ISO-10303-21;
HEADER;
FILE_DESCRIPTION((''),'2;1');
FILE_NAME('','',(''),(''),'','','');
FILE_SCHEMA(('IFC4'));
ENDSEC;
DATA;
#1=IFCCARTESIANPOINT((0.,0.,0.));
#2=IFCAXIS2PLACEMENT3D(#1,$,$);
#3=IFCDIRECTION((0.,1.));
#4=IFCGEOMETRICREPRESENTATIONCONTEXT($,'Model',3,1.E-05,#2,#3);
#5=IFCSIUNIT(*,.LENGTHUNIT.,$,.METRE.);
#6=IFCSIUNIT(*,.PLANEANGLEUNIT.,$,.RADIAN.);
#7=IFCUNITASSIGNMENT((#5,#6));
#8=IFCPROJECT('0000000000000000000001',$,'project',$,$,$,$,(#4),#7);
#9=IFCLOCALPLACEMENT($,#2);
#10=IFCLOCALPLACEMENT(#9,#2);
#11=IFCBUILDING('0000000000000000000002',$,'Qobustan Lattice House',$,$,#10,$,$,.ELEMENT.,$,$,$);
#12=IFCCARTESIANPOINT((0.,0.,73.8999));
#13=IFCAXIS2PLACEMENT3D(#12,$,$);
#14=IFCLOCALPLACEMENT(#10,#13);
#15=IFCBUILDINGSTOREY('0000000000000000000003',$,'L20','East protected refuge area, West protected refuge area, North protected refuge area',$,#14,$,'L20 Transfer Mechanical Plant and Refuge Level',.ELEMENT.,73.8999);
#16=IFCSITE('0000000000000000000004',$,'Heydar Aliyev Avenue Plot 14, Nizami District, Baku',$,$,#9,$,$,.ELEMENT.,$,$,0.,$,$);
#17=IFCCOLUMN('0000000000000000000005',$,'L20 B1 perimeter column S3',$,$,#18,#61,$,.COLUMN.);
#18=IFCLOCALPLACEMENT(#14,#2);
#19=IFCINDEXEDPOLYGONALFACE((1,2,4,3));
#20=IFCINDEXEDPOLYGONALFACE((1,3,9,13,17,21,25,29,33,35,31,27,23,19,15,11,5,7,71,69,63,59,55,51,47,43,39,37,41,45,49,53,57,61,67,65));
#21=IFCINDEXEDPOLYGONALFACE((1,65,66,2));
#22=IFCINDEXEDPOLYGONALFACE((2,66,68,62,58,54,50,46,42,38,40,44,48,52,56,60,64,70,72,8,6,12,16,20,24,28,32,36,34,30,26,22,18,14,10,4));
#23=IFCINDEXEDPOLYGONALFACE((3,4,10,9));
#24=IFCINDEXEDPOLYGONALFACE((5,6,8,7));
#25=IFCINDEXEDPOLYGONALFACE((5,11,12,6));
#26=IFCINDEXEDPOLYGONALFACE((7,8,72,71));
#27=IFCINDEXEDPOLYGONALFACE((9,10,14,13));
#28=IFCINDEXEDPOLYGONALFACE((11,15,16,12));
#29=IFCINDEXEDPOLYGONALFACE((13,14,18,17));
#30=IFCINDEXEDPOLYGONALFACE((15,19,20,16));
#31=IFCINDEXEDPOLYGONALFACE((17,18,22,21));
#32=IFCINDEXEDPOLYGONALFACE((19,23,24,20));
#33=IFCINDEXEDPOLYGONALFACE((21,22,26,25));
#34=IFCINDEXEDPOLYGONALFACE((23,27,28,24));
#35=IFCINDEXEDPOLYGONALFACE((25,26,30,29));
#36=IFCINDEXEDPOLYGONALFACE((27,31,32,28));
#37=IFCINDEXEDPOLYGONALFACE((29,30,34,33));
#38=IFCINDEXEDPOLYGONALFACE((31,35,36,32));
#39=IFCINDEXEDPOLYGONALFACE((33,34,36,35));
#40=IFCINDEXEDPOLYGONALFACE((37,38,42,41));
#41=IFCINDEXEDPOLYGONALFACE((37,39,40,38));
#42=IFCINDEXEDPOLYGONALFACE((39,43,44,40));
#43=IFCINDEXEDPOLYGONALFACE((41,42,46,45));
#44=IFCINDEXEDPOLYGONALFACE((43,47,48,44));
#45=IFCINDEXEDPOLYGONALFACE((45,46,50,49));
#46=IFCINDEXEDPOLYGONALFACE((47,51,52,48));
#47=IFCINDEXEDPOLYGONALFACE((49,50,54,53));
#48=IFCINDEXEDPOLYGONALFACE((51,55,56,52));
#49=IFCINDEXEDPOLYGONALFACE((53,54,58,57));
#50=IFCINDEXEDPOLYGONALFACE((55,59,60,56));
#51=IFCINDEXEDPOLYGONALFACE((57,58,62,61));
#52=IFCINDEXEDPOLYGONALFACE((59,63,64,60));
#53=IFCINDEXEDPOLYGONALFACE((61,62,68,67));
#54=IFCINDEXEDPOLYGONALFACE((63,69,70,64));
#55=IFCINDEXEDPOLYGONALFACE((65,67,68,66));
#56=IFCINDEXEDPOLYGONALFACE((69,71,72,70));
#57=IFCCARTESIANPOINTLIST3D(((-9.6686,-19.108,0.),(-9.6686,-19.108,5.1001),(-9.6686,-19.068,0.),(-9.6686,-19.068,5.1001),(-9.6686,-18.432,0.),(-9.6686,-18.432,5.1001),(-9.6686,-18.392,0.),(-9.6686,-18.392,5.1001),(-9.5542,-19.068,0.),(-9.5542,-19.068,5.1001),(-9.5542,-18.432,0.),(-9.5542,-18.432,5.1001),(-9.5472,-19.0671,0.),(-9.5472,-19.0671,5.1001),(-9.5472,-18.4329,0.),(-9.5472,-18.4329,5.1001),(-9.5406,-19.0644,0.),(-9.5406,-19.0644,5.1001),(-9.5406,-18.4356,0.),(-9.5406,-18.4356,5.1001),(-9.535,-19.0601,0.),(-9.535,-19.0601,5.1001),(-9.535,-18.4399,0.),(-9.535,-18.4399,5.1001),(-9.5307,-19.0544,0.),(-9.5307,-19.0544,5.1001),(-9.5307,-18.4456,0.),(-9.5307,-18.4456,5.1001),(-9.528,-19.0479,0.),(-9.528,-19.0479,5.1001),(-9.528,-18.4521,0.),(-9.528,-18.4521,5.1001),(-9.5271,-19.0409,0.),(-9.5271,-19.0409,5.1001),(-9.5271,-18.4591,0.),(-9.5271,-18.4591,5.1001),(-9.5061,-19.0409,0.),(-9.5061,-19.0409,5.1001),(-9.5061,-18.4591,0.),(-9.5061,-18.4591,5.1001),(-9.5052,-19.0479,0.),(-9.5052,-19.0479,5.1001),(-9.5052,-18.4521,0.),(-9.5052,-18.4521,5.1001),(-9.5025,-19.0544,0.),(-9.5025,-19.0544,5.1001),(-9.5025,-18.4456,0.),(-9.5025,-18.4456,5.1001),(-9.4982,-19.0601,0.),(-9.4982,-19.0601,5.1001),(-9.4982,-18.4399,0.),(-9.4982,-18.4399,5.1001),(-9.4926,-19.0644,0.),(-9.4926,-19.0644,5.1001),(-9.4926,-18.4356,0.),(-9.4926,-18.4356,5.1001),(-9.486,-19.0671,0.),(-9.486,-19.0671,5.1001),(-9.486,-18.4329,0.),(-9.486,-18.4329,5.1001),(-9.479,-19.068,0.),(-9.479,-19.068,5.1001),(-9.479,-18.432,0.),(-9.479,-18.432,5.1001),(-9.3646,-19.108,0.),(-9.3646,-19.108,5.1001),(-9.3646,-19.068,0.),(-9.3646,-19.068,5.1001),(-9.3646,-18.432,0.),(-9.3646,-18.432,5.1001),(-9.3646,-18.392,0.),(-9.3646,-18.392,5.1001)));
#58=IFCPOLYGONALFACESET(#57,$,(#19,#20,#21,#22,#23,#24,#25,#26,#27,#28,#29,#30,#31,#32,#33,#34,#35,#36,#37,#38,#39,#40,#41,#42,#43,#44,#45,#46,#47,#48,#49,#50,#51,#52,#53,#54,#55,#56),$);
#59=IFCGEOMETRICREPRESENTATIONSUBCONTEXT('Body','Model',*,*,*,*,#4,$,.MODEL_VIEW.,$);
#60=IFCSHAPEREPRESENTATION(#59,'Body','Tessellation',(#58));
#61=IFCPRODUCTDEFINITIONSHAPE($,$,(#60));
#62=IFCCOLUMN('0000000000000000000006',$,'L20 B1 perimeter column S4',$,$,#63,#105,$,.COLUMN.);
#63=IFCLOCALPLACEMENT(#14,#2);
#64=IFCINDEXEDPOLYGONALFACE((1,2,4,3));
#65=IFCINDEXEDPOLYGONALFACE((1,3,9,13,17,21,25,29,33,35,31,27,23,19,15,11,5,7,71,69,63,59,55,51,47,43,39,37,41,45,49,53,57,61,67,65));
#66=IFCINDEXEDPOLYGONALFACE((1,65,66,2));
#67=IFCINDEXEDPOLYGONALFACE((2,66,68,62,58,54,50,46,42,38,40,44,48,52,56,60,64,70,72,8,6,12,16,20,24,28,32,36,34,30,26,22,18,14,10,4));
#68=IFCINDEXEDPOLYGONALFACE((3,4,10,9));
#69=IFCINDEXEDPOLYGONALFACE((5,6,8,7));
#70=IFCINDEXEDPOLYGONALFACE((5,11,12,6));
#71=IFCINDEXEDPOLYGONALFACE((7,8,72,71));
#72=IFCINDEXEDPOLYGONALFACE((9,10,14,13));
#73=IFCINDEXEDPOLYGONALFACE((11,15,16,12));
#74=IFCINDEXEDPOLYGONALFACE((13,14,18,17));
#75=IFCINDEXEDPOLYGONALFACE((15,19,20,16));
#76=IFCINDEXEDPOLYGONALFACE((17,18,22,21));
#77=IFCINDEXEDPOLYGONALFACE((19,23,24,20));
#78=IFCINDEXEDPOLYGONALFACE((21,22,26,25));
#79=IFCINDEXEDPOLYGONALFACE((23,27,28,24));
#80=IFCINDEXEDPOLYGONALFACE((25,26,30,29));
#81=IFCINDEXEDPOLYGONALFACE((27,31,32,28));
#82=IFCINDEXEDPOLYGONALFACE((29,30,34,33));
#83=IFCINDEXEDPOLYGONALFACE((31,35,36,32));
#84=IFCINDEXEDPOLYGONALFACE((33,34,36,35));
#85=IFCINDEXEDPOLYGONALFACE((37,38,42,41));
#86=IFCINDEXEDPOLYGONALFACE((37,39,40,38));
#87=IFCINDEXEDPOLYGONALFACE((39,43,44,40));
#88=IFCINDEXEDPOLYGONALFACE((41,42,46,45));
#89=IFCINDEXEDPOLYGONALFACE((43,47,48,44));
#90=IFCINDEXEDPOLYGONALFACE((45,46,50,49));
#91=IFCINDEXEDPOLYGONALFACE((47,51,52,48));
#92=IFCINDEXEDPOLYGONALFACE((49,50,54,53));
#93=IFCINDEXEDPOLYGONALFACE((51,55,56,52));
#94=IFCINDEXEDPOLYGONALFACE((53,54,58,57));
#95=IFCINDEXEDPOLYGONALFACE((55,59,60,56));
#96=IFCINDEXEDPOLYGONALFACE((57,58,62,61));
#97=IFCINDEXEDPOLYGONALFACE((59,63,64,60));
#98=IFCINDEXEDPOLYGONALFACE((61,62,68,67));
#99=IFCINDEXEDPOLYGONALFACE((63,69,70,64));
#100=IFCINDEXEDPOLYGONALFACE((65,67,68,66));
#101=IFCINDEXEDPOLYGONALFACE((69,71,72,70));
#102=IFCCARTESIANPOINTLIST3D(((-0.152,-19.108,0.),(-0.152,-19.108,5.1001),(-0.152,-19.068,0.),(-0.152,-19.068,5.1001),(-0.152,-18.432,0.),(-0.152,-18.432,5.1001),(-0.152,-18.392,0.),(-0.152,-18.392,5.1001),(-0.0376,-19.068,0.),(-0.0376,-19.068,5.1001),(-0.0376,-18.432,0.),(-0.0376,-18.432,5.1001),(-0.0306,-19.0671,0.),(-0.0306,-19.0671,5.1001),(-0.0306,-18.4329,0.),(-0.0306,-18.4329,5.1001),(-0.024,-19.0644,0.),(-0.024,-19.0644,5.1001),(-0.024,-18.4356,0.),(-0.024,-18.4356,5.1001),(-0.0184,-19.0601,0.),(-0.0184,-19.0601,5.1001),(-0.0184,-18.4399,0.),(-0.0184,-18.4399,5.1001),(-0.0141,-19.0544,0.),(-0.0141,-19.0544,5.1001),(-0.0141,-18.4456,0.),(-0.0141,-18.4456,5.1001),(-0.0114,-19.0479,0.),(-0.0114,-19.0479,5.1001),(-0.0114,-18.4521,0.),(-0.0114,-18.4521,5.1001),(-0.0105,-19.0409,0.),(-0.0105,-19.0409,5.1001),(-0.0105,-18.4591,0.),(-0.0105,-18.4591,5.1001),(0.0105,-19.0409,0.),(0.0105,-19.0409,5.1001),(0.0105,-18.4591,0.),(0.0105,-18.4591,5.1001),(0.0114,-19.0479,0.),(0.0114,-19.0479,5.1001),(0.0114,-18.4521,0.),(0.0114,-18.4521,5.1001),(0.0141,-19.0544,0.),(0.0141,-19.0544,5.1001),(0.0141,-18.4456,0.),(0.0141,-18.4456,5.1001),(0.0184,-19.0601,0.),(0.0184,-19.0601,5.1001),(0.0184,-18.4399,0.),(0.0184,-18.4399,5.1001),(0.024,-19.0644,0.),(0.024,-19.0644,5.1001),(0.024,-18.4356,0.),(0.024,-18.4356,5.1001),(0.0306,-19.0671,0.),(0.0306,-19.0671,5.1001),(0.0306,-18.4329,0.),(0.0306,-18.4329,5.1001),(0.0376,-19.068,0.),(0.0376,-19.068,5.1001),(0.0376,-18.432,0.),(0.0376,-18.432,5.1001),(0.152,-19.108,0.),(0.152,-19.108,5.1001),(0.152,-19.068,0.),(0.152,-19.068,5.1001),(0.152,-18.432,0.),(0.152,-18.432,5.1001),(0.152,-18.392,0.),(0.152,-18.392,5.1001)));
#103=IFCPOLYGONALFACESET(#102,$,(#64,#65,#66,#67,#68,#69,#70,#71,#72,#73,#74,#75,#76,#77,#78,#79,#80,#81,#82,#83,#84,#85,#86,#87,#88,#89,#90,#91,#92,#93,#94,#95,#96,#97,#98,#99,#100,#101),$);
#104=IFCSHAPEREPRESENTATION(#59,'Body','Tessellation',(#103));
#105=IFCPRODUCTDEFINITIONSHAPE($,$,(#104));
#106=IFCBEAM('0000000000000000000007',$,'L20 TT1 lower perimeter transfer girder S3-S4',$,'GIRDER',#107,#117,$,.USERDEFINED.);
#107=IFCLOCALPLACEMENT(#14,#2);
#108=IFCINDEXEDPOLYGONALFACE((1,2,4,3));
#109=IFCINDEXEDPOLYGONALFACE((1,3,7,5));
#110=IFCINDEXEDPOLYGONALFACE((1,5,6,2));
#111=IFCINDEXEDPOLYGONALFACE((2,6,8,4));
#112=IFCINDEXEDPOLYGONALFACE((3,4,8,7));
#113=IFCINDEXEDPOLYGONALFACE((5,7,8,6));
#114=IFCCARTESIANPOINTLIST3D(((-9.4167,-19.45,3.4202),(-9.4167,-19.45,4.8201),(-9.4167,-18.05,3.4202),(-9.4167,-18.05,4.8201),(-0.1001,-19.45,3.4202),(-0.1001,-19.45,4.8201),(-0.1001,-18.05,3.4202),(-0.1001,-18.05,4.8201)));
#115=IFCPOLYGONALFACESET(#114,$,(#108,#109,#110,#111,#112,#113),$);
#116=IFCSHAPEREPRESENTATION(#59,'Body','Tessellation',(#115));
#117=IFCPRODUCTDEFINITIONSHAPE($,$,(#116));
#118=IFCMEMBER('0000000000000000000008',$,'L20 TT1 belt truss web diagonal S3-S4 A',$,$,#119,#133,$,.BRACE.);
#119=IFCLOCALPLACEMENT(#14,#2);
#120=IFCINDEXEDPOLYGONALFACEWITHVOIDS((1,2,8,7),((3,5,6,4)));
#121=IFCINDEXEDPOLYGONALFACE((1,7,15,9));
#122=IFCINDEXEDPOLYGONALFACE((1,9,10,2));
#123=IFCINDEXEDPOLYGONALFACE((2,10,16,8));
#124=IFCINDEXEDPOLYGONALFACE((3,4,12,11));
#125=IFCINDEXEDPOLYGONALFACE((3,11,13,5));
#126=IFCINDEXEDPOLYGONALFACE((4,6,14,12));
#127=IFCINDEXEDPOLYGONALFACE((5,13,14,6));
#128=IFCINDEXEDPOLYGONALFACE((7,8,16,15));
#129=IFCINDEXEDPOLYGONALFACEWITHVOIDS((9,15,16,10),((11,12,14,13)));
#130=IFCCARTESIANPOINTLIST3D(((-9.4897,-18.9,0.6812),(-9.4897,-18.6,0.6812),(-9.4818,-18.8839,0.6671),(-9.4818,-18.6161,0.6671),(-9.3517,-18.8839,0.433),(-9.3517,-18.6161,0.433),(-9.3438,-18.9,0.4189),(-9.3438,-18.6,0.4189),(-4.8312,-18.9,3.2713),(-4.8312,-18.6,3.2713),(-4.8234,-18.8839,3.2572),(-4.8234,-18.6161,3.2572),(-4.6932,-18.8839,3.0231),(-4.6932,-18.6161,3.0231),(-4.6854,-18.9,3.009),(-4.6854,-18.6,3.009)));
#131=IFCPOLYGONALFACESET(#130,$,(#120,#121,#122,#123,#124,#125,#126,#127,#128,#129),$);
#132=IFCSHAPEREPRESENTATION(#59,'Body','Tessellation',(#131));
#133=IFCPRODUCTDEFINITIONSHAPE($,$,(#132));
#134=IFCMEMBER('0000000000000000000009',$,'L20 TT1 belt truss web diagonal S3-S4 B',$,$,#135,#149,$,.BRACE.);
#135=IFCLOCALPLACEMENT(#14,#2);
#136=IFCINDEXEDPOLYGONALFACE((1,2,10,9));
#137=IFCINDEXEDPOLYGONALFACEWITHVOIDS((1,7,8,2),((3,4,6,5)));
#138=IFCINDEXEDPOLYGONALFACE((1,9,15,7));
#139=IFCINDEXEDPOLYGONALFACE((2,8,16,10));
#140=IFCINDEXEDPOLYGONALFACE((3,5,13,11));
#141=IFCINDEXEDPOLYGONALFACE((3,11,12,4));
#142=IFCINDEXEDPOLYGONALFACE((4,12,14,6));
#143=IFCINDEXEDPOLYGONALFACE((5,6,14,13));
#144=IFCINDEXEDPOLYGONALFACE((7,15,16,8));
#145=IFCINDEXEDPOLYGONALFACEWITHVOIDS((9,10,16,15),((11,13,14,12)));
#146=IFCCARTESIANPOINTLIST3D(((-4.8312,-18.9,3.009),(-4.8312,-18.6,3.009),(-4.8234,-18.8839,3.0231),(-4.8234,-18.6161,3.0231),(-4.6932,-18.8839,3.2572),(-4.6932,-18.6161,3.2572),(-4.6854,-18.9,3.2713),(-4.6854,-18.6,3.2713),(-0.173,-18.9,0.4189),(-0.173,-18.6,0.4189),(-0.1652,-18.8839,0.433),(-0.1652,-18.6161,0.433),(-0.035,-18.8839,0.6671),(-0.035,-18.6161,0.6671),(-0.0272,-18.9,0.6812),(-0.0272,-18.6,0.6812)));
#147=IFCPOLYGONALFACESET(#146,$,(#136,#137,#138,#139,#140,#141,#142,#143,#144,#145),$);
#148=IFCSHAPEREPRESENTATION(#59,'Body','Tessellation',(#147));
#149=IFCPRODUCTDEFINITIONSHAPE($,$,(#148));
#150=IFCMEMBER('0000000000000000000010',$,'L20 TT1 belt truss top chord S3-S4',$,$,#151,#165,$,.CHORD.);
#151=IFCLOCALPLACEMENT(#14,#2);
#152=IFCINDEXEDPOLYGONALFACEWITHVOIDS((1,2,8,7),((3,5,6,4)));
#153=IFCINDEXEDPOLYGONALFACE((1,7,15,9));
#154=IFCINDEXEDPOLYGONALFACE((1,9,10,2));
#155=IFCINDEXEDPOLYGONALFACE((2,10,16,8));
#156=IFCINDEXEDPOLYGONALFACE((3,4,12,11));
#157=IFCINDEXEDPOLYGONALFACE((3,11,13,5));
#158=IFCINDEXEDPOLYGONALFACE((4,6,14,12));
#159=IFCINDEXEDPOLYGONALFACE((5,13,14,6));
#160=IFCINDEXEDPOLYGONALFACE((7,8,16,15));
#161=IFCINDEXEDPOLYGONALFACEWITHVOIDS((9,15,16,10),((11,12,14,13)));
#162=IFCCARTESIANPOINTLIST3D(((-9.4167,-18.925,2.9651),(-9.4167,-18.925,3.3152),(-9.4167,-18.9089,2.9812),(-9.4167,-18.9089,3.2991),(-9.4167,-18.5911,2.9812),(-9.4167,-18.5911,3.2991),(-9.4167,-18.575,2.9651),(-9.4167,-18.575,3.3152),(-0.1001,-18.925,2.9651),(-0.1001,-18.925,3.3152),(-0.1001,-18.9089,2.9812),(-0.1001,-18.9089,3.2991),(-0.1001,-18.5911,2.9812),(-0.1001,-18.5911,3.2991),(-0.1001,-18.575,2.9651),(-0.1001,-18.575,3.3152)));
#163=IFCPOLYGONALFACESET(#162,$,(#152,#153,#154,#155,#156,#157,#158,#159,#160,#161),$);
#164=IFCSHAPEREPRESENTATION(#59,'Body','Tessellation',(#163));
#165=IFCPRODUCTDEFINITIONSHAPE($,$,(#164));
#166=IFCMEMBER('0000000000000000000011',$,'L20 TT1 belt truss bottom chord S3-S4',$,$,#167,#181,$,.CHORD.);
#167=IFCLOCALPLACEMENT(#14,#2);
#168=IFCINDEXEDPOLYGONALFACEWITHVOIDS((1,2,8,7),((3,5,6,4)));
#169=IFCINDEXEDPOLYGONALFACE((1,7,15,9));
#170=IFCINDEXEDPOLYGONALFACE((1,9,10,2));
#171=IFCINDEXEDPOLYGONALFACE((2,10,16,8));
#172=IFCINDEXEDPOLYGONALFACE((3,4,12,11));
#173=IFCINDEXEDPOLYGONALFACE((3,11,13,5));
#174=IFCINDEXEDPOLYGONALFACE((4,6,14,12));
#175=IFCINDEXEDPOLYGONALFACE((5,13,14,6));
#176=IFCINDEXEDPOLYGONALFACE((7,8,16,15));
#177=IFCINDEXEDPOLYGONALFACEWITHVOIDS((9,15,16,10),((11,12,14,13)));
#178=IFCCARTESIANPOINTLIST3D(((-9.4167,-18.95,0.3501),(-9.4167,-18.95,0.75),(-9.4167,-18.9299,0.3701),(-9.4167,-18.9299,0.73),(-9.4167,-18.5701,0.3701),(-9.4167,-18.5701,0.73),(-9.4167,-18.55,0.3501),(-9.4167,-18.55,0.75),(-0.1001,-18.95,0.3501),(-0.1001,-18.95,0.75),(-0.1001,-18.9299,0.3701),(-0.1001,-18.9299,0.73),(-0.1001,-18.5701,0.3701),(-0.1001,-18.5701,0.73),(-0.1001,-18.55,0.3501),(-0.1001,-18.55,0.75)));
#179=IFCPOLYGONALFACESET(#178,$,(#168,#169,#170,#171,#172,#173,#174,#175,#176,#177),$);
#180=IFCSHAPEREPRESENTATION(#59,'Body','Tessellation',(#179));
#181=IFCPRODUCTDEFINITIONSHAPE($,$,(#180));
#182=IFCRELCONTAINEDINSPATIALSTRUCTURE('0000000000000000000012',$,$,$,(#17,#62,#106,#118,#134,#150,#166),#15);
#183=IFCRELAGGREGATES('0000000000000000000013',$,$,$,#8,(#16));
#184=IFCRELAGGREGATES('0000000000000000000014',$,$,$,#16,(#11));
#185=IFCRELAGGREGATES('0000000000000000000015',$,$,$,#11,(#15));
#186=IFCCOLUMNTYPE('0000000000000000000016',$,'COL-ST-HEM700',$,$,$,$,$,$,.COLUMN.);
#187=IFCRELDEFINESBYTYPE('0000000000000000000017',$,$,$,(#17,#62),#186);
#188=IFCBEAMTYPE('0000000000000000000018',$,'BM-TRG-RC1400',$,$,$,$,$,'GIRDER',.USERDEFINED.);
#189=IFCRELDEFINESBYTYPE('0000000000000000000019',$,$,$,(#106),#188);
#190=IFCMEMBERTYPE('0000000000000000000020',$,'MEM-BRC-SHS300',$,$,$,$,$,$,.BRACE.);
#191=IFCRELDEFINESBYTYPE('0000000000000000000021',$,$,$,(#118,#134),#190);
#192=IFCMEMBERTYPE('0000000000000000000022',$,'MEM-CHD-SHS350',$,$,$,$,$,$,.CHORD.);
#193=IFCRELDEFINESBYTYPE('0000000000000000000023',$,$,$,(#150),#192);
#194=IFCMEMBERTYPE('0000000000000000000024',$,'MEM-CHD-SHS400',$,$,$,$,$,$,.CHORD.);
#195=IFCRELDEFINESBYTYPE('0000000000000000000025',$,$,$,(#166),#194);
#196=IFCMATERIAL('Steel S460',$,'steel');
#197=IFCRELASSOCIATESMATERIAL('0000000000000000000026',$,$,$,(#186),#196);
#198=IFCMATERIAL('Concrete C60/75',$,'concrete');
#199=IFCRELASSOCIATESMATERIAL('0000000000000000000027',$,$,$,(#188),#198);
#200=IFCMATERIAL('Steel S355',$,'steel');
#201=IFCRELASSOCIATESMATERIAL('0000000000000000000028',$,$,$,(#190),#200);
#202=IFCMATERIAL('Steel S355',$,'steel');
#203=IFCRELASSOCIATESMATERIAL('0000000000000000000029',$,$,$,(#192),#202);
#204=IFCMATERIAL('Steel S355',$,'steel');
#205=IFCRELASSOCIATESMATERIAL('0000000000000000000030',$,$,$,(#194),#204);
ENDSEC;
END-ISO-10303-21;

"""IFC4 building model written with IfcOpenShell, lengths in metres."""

from ifc_helpers import new_model, si_unit, direction, frame, origin, origin_2d, place, context, subcontext, project, spatial, rectangle, hollow_rectangle, i_section, extrude, material, material_profile, profile_set, type_object, element, save


model = new_model("IFC4")

# Units and contexts
model_context = context("Model", 3, precision=1e-05, world=origin(), true_north=direction((0.0, 1.0)))
body_context = subcontext(model_context, "Body", "Model", "MODEL_VIEW")
ifc_project = project(units=[si_unit("LENGTHUNIT", "METRE"), si_unit("PLANEANGLEUNIT", "RADIAN")], contexts=[model_context])

# Site, building, storey
site_placement = place(None, origin())
site = spatial("IfcSite", under=ifc_project, at=site_placement, Name="Heydar Aliyev Avenue Plot 14, Nizami District, Baku", CompositionType="ELEMENT", RefElevation=0.0)
building_placement = place(site_placement, origin())
building = spatial("IfcBuilding", under=site, at=building_placement, Name="Qobustan Lattice House", CompositionType="ELEMENT")
storey_placement = place(building_placement, frame((0.0, 0.0, 73.8999)))
storey = spatial("IfcBuildingStorey", under=building, at=storey_placement, Name="L20", Description="East protected refuge area, West protected refuge area, North protected refuge area", LongName="L20 Transfer Mechanical Plant and Refuge Level", CompositionType="ELEMENT", Elevation=73.8999)

# Columns
ifc_material_1 = material(Name="Steel S460", Category="steel")
ifc_material_profile_1 = material_profile(ifc_material_1, i_section(OverallWidth=0.304, OverallDepth=0.7161, WebThickness=0.021, FlangeThickness=0.04, FilletRadius=0.0271, at=origin_2d()), Name="HEM700")
ifc_profile_set_1 = profile_set([ifc_material_profile_1], Name="Steel S460")
column_type = type_object("IfcColumnType", Name="COL-ST-HEM700", PredefinedType="COLUMN", material=ifc_profile_set_1)
for number, where, z_axis, x_axis, name in (
    (1, (-9.5166, -18.75, 0.0), (0.0, 0.0, 1.0), (1.0, 0.0, 0.0), "L20 B1 perimeter column S3"),
    (2, (0.0, -18.75, 0.0), (0.0, 0.0, 1.0), (1.0, 0.0, 0.0), "L20 B1 perimeter column S4"),
):
    element("IfcColumn", number, at=place(storey_placement, frame(where, z_axis=z_axis, x_axis=x_axis)), inside=storey, type_object=column_type, Name=name, PredefinedType="COLUMN", context=body_context, shape_type="SweptSolid", body=[
        extrude(i_section(OverallWidth=0.304, OverallDepth=0.7161, WebThickness=0.021, FlangeThickness=0.04, FilletRadius=0.0271, at=origin_2d()), origin(), (0.0, 0.0, 1.0), 5.1001),
    ])

# Beam
ifc_material_2 = material(Name="Concrete C60/75", Category="concrete")
ifc_material_profile_2 = material_profile(ifc_material_2, rectangle(XDim=1.3999, YDim=1.3999, at=origin_2d()), Name="RC1400x1400")
ifc_profile_set_2 = profile_set([ifc_material_profile_2], Name="Concrete C60/75")
beam_type = type_object("IfcBeamType", Name="BM-TRG-RC1400", ElementType="GIRDER", PredefinedType="USERDEFINED", material=ifc_profile_set_2)
beam_placement = place(storey_placement, frame((-9.4167, -18.75, 4.1201), z_axis=(1.0, 0.0, 0.0), x_axis=(0.0, 1.0, 0.0)))
element("IfcBeam", 3, at=beam_placement, inside=storey, type_object=beam_type, Name="L20 TT1 lower perimeter transfer girder S3-S4", ObjectType="GIRDER", PredefinedType="USERDEFINED", context=body_context, shape_type="SweptSolid", body=[
    extrude(rectangle(XDim=1.3999, YDim=1.3999, at=origin_2d()), origin(), (0.0, 0.0, 1.0), 9.3167),
])

# Members
ifc_material_3 = material(Name="Steel S355", Category="steel")
ifc_material_profile_3 = material_profile(ifc_material_3, hollow_rectangle(XDim=0.3, YDim=0.3, WallThickness=0.0161, at=origin_2d()), Name="SHS300x300x16")
ifc_profile_set_3 = profile_set([ifc_material_profile_3], Name="Steel S355")
member_type_1 = type_object("IfcMemberType", Name="MEM-BRC-SHS300", PredefinedType="BRACE", material=ifc_profile_set_3)
member_1_placement = place(storey_placement, frame((-9.4167, -18.75, 0.55), z_axis=(0.873993, 0.0, 0.485938), x_axis=(0.0, 1.0, 0.0)))
element("IfcMember", 4, at=member_1_placement, inside=storey, type_object=member_type_1, Name="L20 TT1 belt truss web diagonal S3-S4 A", PredefinedType="BRACE", context=body_context, shape_type="SweptSolid", body=[
    extrude(hollow_rectangle(XDim=0.3, YDim=0.3, WallThickness=0.0161, at=origin_2d()), origin(), (0.0, 0.0, 1.0), 5.3301),
])
member_2_placement = place(storey_placement, frame((-4.7583, -18.75, 3.1401), z_axis=(0.873982, 0.0, -0.485958), x_axis=(0.0, 1.0, 0.0)))
element("IfcMember", 5, at=member_2_placement, inside=storey, type_object=member_type_1, Name="L20 TT1 belt truss web diagonal S3-S4 B", PredefinedType="BRACE", context=body_context, shape_type="SweptSolid", body=[
    extrude(hollow_rectangle(XDim=0.3, YDim=0.3, WallThickness=0.0161, at=origin_2d()), origin(), (0.0, 0.0, 1.0), 5.3298),
])
ifc_material_4 = material(Name="Steel S355", Category="steel")
ifc_material_profile_4 = material_profile(ifc_material_4, hollow_rectangle(XDim=0.3501, YDim=0.3501, WallThickness=0.0161, at=origin_2d()), Name="SHS350x350x16")
ifc_profile_set_4 = profile_set([ifc_material_profile_4], Name="Steel S355")
member_type_2 = type_object("IfcMemberType", Name="MEM-CHD-SHS350", PredefinedType="CHORD", material=ifc_profile_set_4)
member_3_placement = place(storey_placement, frame((-9.4167, -18.75, 3.1401), z_axis=(1.0, 0.0, 0.0), x_axis=(0.0, 1.0, 0.0)))
element("IfcMember", 6, at=member_3_placement, inside=storey, type_object=member_type_2, Name="L20 TT1 belt truss top chord S3-S4", PredefinedType="CHORD", context=body_context, shape_type="SweptSolid", body=[
    extrude(hollow_rectangle(XDim=0.3501, YDim=0.3501, WallThickness=0.0161, at=origin_2d()), origin(), (0.0, 0.0, 1.0), 9.3167),
])
ifc_material_5 = material(Name="Steel S355", Category="steel")
ifc_material_profile_5 = material_profile(ifc_material_5, hollow_rectangle(XDim=0.3999, YDim=0.3999, WallThickness=0.02, at=origin_2d()), Name="SHS400x400x20")
ifc_profile_set_5 = profile_set([ifc_material_profile_5], Name="Steel S355")
member_type_3 = type_object("IfcMemberType", Name="MEM-CHD-SHS400", PredefinedType="CHORD", material=ifc_profile_set_5)
member_4_placement = place(storey_placement, frame((-9.4167, -18.75, 0.55), z_axis=(1.0, 0.0, 0.0), x_axis=(0.0, 1.0, 0.0)))
element("IfcMember", 7, at=member_4_placement, inside=storey, type_object=member_type_3, Name="L20 TT1 belt truss bottom chord S3-S4", PredefinedType="CHORD", context=body_context, shape_type="SweptSolid", body=[
    extrude(hollow_rectangle(XDim=0.3999, YDim=0.3999, WallThickness=0.02, at=origin_2d()), origin(), (0.0, 0.0, 1.0), 9.3167),
])

save(model, "model.ifc")
